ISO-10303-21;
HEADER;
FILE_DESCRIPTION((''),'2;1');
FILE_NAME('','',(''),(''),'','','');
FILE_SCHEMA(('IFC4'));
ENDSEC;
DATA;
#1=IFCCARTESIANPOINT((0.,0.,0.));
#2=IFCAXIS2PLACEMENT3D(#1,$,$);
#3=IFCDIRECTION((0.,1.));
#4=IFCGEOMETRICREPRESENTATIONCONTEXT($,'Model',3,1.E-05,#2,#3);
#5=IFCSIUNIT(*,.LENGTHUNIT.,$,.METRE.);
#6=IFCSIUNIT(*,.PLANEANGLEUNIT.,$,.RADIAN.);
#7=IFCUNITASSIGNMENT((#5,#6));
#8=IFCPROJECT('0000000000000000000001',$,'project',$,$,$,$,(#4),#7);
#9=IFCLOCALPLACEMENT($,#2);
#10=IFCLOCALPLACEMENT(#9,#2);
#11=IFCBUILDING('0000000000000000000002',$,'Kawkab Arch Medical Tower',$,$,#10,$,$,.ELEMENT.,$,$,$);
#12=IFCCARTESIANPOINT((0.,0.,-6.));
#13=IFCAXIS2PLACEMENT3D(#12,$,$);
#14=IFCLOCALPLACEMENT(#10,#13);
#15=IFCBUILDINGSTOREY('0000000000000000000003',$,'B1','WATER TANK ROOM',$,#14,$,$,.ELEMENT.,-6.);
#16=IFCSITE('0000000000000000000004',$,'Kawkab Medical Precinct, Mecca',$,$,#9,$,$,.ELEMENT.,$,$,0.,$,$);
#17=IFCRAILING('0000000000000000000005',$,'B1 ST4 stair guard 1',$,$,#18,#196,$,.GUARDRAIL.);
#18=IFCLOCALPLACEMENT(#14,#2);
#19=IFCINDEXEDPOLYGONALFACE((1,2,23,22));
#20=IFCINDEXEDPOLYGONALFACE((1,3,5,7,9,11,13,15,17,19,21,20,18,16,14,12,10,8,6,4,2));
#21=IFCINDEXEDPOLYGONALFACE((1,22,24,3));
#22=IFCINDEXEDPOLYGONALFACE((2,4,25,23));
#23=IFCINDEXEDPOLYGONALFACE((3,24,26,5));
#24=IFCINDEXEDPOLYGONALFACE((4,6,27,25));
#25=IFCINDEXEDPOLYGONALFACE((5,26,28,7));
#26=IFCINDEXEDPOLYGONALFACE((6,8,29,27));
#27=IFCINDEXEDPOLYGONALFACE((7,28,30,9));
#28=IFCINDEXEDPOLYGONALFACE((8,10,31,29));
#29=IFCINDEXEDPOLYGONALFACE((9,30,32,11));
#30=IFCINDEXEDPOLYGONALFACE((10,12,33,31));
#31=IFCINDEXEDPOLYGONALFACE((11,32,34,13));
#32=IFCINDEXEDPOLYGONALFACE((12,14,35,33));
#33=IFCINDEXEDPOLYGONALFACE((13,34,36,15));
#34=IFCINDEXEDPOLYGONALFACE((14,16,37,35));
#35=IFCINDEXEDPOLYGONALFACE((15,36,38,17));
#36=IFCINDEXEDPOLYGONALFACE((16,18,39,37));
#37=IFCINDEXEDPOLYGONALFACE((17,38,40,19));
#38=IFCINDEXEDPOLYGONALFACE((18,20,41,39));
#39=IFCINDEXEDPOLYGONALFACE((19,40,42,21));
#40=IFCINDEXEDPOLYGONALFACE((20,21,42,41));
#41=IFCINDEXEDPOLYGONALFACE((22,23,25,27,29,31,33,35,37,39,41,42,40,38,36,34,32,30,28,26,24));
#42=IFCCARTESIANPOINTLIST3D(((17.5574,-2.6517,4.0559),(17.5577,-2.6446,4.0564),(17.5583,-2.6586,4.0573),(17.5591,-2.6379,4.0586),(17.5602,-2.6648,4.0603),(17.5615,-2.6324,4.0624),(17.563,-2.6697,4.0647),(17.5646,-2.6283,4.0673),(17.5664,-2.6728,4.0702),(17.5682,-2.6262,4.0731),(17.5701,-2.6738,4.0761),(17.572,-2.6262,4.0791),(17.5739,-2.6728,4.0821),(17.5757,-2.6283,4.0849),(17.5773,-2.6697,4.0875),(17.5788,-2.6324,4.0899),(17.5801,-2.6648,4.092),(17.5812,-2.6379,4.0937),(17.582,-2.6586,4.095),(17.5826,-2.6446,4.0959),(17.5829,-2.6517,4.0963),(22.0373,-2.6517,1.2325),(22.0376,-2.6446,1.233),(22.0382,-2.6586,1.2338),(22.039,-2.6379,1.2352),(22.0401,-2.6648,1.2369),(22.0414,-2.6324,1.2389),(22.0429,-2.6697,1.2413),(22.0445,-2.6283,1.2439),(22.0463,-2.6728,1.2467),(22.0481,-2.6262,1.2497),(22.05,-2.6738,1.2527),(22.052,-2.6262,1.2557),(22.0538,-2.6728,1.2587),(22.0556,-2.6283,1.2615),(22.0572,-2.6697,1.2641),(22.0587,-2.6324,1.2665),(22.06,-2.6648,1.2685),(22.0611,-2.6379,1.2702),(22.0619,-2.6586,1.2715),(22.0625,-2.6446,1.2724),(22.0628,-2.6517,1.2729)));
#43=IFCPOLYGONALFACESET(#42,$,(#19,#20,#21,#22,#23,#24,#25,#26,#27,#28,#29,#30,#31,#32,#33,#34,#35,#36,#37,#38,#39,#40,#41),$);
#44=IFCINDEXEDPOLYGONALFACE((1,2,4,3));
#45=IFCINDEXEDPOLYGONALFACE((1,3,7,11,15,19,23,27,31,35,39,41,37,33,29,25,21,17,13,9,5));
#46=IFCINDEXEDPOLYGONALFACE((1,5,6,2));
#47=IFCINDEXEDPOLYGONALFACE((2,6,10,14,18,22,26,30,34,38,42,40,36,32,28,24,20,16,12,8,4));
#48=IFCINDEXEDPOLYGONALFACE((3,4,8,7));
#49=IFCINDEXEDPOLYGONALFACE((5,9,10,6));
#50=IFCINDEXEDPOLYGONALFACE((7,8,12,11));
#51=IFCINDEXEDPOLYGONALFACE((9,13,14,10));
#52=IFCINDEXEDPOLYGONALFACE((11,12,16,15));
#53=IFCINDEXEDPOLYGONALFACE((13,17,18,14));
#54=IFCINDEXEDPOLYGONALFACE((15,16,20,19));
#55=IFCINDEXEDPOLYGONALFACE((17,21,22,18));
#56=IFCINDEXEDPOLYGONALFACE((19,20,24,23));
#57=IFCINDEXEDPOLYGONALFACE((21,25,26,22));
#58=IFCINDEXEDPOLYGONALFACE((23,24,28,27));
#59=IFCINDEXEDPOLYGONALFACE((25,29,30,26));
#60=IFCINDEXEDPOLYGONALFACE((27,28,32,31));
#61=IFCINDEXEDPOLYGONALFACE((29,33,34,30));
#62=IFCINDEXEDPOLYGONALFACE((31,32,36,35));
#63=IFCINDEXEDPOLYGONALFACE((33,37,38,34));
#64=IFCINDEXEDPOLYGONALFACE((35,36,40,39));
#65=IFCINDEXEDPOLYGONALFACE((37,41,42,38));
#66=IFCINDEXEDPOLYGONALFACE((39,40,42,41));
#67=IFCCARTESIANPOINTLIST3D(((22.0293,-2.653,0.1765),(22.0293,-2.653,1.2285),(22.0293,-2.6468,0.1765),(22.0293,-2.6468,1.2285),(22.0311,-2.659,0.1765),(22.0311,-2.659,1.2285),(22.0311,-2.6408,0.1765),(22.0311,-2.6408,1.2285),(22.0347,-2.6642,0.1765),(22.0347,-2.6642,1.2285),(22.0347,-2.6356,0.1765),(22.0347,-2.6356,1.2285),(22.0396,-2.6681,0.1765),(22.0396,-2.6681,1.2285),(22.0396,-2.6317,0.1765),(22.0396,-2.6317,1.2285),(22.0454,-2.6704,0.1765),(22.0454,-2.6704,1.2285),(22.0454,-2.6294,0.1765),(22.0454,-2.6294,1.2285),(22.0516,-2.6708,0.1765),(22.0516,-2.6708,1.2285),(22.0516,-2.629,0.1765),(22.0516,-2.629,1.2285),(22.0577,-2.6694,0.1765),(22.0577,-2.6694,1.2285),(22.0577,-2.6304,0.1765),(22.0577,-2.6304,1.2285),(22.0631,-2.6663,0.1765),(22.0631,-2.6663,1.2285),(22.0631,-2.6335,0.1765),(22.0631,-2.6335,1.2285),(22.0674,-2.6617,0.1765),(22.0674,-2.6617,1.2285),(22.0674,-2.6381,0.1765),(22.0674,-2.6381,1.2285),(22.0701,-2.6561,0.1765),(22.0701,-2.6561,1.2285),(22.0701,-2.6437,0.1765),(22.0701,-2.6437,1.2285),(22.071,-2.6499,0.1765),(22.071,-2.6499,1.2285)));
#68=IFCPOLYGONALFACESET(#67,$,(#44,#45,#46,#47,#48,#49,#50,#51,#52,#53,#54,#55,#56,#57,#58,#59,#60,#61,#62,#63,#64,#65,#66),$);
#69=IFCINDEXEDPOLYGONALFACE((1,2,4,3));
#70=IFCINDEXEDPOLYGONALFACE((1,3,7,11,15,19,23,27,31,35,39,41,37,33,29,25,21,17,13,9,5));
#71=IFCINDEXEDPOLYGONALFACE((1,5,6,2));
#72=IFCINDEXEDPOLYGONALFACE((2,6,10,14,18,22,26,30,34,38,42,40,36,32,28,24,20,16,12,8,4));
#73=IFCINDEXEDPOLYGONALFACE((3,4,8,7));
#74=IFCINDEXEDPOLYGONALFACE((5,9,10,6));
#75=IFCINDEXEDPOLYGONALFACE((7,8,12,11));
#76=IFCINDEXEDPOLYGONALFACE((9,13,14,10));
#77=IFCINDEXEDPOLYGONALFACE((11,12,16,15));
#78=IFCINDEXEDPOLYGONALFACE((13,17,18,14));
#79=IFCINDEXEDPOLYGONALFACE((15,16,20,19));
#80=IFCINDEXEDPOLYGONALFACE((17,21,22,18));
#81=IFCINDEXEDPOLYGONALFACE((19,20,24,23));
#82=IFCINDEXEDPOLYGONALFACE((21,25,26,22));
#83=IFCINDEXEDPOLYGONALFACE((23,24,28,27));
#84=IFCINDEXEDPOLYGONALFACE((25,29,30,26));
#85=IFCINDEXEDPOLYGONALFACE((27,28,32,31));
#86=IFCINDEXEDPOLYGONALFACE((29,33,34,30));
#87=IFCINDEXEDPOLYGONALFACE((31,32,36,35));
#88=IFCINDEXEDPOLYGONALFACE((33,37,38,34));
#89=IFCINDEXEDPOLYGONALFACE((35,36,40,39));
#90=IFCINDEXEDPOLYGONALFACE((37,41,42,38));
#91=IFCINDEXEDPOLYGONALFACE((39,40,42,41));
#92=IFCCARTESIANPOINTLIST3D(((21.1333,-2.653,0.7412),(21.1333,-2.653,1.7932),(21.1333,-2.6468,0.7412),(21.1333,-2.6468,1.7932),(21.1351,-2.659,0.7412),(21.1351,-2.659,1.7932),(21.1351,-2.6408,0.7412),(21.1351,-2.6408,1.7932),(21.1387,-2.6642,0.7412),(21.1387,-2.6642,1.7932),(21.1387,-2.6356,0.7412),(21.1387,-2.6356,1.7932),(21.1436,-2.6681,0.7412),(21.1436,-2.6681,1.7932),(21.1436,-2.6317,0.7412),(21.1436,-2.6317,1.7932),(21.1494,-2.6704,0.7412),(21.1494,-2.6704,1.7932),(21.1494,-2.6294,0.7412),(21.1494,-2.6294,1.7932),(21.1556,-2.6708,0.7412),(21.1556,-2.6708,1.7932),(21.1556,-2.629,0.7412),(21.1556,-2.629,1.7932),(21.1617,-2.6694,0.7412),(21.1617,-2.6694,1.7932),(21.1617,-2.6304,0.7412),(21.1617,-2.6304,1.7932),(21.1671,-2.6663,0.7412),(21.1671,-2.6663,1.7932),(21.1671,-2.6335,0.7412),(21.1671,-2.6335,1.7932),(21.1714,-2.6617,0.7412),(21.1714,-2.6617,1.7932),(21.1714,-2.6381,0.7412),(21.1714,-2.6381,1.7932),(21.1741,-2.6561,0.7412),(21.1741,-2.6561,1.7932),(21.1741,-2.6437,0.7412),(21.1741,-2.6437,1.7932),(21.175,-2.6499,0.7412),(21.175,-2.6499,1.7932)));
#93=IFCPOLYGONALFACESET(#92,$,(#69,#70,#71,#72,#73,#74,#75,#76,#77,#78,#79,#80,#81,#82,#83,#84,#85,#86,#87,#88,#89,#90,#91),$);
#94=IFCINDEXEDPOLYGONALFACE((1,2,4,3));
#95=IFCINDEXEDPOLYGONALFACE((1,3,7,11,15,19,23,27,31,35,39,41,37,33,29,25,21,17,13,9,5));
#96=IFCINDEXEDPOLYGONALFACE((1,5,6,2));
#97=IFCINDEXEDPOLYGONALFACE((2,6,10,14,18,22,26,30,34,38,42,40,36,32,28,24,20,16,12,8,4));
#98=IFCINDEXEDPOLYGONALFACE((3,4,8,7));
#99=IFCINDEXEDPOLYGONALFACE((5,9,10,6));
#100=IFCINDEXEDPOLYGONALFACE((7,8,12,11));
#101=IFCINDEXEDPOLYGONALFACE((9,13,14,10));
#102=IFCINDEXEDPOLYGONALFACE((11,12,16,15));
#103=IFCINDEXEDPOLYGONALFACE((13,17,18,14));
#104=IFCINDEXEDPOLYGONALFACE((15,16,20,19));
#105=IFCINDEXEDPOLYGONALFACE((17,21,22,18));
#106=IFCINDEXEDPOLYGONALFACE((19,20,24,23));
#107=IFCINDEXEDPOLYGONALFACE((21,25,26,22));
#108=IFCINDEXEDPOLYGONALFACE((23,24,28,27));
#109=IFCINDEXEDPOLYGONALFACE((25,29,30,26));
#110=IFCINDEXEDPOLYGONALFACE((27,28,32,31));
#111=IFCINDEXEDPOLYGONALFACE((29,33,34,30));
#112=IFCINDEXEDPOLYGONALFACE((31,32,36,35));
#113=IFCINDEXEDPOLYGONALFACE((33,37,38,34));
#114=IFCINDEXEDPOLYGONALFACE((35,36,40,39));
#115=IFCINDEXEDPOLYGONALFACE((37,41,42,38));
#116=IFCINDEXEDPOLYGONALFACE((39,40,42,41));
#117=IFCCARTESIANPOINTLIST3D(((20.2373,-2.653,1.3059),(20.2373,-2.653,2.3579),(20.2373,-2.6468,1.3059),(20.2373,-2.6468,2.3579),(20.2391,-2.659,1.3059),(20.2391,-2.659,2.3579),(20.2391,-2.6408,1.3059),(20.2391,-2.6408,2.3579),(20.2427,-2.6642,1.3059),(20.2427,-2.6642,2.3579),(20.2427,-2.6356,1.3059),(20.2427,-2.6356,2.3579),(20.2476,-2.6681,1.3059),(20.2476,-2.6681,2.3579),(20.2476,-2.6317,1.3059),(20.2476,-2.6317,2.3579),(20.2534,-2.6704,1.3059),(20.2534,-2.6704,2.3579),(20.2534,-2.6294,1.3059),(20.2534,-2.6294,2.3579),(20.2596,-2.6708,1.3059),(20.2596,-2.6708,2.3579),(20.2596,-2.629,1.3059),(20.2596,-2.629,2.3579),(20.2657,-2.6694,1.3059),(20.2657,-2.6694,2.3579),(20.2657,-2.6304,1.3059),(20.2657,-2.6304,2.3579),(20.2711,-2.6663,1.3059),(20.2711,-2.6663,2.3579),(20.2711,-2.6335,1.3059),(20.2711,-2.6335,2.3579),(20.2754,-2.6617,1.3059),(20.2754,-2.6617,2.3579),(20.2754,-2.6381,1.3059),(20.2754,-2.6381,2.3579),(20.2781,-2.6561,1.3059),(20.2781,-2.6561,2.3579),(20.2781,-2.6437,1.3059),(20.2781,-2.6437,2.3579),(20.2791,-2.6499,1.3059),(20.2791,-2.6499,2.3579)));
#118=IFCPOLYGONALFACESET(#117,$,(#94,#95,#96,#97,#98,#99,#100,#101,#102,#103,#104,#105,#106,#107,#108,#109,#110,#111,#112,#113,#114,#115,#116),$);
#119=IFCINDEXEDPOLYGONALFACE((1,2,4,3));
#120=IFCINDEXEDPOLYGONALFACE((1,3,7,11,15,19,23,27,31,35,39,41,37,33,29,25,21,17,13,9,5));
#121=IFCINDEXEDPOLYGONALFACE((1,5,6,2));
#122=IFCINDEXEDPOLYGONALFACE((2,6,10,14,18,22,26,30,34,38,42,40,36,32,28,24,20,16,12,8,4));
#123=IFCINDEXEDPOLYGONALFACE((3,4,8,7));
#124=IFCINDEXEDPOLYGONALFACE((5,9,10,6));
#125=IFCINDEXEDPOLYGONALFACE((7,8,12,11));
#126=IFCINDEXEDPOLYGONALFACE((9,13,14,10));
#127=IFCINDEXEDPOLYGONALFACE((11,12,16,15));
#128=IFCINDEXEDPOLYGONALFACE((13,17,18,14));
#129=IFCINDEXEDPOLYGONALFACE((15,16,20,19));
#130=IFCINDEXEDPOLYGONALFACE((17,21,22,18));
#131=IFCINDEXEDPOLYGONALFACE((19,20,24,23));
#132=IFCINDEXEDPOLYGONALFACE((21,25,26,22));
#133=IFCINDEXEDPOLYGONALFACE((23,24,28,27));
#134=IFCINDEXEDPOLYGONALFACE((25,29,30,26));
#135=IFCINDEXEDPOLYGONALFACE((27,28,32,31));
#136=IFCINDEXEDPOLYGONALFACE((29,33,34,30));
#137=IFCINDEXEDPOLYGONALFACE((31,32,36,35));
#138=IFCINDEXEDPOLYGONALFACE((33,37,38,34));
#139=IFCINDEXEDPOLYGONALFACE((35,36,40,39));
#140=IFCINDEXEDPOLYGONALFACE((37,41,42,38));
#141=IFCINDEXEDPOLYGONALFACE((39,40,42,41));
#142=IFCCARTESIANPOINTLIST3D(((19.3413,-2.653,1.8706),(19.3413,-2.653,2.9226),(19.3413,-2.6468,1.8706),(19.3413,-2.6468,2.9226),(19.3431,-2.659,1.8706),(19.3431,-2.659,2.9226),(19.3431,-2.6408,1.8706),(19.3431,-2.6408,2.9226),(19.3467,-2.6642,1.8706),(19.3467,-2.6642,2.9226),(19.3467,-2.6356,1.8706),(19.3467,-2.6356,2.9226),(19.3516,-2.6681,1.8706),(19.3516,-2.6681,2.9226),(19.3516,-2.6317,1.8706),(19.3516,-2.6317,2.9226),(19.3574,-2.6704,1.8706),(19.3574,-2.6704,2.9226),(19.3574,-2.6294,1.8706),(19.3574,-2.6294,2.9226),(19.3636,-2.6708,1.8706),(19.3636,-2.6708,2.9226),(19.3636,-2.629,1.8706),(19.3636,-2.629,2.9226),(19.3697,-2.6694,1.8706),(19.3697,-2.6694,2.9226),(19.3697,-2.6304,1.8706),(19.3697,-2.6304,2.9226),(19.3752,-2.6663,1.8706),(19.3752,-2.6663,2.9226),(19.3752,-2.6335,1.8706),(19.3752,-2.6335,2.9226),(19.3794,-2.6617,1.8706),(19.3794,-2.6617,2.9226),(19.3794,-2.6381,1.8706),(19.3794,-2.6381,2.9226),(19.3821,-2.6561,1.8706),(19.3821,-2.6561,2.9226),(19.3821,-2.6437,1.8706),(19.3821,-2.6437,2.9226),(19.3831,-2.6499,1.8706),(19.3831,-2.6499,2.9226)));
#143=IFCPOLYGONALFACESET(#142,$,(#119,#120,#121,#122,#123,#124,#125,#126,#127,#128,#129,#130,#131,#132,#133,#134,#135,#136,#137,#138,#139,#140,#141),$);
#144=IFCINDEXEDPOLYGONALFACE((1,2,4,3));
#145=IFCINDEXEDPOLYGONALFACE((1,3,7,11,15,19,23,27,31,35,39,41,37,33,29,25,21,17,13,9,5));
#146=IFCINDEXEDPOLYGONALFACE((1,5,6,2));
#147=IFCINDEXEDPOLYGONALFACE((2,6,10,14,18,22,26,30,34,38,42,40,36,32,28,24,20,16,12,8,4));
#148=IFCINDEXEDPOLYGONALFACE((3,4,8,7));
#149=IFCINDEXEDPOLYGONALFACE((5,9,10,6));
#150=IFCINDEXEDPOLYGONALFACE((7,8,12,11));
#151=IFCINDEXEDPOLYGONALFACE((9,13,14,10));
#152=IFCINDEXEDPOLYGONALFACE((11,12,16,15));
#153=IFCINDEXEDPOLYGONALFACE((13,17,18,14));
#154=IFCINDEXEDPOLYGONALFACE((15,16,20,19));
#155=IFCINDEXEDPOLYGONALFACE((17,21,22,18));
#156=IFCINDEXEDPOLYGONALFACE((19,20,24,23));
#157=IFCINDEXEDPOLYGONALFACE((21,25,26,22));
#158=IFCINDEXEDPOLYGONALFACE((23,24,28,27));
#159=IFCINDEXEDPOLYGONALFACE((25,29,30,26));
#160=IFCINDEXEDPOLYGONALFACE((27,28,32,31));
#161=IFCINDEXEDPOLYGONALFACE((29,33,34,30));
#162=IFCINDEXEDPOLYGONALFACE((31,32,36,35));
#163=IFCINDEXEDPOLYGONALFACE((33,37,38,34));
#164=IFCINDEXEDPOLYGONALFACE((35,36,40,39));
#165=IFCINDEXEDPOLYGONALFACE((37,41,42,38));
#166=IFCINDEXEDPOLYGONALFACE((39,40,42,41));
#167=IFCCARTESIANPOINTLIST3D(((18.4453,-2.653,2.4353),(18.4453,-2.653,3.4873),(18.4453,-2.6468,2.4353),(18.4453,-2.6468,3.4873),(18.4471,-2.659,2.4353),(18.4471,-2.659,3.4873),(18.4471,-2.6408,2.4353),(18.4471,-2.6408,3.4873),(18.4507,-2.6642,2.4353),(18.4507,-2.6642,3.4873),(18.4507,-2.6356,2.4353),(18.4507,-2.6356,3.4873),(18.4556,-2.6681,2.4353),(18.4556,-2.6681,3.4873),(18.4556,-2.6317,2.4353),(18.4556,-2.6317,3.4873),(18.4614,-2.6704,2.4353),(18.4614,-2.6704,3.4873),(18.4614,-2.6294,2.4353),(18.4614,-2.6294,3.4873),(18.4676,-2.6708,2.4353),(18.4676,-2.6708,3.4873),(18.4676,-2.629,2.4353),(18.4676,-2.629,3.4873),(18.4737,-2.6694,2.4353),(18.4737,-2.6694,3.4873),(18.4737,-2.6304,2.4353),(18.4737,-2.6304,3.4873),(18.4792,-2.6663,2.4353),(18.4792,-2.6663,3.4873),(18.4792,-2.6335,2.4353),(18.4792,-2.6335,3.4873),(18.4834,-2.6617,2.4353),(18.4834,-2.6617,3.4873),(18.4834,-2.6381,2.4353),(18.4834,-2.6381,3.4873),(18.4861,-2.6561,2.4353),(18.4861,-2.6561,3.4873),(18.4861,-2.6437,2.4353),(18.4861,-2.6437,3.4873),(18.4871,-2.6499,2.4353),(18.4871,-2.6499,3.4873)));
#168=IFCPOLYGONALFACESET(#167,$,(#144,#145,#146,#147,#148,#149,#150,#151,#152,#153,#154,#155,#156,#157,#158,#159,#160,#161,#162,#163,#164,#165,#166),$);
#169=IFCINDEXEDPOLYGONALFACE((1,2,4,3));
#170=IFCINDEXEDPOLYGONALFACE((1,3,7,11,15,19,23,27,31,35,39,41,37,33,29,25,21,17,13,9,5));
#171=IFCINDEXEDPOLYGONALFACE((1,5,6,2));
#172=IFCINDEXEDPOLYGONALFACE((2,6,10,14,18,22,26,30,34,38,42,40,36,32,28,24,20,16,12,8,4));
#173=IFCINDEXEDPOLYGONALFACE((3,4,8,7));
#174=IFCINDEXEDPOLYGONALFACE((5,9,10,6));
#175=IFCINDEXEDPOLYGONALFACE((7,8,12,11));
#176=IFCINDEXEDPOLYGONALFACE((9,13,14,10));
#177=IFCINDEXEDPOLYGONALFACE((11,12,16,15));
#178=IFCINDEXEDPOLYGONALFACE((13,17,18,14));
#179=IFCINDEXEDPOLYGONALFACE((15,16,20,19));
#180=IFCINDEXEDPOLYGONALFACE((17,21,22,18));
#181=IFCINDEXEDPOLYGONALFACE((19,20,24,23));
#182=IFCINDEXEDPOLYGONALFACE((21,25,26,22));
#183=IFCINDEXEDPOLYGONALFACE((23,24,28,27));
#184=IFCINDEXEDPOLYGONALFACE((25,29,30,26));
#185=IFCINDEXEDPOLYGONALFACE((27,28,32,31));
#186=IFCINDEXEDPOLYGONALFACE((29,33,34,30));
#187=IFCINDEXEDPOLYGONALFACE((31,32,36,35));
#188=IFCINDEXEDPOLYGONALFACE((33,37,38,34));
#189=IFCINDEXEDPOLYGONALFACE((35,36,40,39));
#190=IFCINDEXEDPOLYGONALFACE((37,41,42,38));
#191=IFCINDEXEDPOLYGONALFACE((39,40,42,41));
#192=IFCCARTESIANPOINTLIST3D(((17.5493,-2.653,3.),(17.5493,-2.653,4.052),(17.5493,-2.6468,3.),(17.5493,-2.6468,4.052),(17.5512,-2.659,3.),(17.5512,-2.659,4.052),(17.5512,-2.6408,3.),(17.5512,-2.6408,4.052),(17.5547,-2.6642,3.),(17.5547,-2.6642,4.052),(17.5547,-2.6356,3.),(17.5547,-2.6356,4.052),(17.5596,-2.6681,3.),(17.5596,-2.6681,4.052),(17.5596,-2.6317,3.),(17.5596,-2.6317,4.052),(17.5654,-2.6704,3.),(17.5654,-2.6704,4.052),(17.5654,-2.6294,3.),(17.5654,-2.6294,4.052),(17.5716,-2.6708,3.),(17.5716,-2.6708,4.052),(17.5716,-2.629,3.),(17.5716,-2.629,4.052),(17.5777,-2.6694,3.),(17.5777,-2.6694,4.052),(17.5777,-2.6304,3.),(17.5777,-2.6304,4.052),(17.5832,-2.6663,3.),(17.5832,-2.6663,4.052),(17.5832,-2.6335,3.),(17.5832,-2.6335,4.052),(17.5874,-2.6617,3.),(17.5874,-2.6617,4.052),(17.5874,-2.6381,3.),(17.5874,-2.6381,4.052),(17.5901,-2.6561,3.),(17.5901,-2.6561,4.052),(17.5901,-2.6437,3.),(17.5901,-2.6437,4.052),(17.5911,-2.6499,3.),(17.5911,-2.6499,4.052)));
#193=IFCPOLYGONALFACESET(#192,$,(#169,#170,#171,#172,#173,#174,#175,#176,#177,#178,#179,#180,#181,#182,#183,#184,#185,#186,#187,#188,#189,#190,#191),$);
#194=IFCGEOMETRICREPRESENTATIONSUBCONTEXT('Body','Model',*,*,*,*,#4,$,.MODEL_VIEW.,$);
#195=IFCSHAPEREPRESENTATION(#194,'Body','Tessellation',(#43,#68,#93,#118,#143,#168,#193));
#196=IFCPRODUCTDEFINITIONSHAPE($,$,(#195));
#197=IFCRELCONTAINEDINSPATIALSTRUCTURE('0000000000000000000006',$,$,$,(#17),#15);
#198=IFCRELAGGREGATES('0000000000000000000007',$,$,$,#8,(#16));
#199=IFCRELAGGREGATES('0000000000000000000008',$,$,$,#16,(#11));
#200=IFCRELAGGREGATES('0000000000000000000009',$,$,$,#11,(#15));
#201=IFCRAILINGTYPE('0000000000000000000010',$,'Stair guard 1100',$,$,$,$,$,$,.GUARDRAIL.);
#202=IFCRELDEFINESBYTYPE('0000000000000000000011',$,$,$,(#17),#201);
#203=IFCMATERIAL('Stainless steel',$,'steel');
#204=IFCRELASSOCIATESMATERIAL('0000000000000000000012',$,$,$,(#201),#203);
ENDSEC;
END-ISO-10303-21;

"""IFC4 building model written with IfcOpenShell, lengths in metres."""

from ifc_helpers import new_model, si_unit, direction, frame, origin, origin_2d, place, context, subcontext, project, spatial, circle, extrude, material, type_object, element, save


model = new_model("IFC4")

# Units and contexts
model_context = context("Model", 3, precision=1e-05, world=origin(), true_north=direction((0.0, 1.0)))
body_context = subcontext(model_context, "Body", "Model", "MODEL_VIEW")
ifc_project = project(units=[si_unit("LENGTHUNIT", "METRE"), si_unit("PLANEANGLEUNIT", "RADIAN")], contexts=[model_context])

# Site, building, storey
site_placement = place(None, origin())
site = spatial("IfcSite", under=ifc_project, at=site_placement, Name="Kawkab Medical Precinct, Mecca", CompositionType="ELEMENT", RefElevation=0.0)
building_placement = place(site_placement, origin())
building = spatial("IfcBuilding", under=site, at=building_placement, Name="Kawkab Arch Medical Tower", CompositionType="ELEMENT")
storey_placement = place(building_placement, frame((0.0, 0.0, -6.0)))
storey = spatial("IfcBuildingStorey", under=building, at=storey_placement, Name="B1", Description="WATER TANK ROOM", CompositionType="ELEMENT", Elevation=-6.0)

# Railing
ifc_material_1 = material(Name="Stainless steel", Category="steel")
railing_type = type_object("IfcRailingType", Name="Stair guard 1100", PredefinedType="GUARDRAIL", material=ifc_material_1)
railing_1_placement = place(storey_placement, frame((22.05, -2.6499, 0.1765)))
element("IfcRailing", 1, at=railing_1_placement, inside=storey, type_object=railing_type, Name="B1 ST4 stair guard 1", PredefinedType="GUARDRAIL", context=body_context, shape_type="SweptSolid", body=[
    extrude(circle(Radius=0.0239, at=origin_2d()), frame((0.0, 0.0, 1.0762), z_axis=(-0.845998, 0.0, 0.533186), x_axis=(0.0, -1.0, 0.0)), (0.0, 0.0, 1.0), 5.2954),
    extrude(circle(Radius=0.021, at=origin_2d()), origin(), (0.0, 0.0, 1.0), 1.052),
    extrude(circle(Radius=0.021, at=origin_2d()), frame((-0.896, 0.0, 0.5647)), (0.0, 0.0, 1.0), 1.052),
    extrude(circle(Radius=0.021, at=origin_2d()), frame((-1.792, 0.0, 1.1294)), (0.0, 0.0, 1.0), 1.052),
    extrude(circle(Radius=0.021, at=origin_2d()), frame((-2.688, 0.0, 1.6941)), (0.0, 0.0, 1.0), 1.052),
    extrude(circle(Radius=0.021, at=origin_2d()), frame((-3.584, 0.0, 2.2588)), (0.0, 0.0, 1.0), 1.052),
    extrude(circle(Radius=0.021, at=origin_2d()), frame((-4.48, 0.0, 2.8235)), (0.0, 0.0, 1.0), 1.052),
])

save(model, "model.ifc")
